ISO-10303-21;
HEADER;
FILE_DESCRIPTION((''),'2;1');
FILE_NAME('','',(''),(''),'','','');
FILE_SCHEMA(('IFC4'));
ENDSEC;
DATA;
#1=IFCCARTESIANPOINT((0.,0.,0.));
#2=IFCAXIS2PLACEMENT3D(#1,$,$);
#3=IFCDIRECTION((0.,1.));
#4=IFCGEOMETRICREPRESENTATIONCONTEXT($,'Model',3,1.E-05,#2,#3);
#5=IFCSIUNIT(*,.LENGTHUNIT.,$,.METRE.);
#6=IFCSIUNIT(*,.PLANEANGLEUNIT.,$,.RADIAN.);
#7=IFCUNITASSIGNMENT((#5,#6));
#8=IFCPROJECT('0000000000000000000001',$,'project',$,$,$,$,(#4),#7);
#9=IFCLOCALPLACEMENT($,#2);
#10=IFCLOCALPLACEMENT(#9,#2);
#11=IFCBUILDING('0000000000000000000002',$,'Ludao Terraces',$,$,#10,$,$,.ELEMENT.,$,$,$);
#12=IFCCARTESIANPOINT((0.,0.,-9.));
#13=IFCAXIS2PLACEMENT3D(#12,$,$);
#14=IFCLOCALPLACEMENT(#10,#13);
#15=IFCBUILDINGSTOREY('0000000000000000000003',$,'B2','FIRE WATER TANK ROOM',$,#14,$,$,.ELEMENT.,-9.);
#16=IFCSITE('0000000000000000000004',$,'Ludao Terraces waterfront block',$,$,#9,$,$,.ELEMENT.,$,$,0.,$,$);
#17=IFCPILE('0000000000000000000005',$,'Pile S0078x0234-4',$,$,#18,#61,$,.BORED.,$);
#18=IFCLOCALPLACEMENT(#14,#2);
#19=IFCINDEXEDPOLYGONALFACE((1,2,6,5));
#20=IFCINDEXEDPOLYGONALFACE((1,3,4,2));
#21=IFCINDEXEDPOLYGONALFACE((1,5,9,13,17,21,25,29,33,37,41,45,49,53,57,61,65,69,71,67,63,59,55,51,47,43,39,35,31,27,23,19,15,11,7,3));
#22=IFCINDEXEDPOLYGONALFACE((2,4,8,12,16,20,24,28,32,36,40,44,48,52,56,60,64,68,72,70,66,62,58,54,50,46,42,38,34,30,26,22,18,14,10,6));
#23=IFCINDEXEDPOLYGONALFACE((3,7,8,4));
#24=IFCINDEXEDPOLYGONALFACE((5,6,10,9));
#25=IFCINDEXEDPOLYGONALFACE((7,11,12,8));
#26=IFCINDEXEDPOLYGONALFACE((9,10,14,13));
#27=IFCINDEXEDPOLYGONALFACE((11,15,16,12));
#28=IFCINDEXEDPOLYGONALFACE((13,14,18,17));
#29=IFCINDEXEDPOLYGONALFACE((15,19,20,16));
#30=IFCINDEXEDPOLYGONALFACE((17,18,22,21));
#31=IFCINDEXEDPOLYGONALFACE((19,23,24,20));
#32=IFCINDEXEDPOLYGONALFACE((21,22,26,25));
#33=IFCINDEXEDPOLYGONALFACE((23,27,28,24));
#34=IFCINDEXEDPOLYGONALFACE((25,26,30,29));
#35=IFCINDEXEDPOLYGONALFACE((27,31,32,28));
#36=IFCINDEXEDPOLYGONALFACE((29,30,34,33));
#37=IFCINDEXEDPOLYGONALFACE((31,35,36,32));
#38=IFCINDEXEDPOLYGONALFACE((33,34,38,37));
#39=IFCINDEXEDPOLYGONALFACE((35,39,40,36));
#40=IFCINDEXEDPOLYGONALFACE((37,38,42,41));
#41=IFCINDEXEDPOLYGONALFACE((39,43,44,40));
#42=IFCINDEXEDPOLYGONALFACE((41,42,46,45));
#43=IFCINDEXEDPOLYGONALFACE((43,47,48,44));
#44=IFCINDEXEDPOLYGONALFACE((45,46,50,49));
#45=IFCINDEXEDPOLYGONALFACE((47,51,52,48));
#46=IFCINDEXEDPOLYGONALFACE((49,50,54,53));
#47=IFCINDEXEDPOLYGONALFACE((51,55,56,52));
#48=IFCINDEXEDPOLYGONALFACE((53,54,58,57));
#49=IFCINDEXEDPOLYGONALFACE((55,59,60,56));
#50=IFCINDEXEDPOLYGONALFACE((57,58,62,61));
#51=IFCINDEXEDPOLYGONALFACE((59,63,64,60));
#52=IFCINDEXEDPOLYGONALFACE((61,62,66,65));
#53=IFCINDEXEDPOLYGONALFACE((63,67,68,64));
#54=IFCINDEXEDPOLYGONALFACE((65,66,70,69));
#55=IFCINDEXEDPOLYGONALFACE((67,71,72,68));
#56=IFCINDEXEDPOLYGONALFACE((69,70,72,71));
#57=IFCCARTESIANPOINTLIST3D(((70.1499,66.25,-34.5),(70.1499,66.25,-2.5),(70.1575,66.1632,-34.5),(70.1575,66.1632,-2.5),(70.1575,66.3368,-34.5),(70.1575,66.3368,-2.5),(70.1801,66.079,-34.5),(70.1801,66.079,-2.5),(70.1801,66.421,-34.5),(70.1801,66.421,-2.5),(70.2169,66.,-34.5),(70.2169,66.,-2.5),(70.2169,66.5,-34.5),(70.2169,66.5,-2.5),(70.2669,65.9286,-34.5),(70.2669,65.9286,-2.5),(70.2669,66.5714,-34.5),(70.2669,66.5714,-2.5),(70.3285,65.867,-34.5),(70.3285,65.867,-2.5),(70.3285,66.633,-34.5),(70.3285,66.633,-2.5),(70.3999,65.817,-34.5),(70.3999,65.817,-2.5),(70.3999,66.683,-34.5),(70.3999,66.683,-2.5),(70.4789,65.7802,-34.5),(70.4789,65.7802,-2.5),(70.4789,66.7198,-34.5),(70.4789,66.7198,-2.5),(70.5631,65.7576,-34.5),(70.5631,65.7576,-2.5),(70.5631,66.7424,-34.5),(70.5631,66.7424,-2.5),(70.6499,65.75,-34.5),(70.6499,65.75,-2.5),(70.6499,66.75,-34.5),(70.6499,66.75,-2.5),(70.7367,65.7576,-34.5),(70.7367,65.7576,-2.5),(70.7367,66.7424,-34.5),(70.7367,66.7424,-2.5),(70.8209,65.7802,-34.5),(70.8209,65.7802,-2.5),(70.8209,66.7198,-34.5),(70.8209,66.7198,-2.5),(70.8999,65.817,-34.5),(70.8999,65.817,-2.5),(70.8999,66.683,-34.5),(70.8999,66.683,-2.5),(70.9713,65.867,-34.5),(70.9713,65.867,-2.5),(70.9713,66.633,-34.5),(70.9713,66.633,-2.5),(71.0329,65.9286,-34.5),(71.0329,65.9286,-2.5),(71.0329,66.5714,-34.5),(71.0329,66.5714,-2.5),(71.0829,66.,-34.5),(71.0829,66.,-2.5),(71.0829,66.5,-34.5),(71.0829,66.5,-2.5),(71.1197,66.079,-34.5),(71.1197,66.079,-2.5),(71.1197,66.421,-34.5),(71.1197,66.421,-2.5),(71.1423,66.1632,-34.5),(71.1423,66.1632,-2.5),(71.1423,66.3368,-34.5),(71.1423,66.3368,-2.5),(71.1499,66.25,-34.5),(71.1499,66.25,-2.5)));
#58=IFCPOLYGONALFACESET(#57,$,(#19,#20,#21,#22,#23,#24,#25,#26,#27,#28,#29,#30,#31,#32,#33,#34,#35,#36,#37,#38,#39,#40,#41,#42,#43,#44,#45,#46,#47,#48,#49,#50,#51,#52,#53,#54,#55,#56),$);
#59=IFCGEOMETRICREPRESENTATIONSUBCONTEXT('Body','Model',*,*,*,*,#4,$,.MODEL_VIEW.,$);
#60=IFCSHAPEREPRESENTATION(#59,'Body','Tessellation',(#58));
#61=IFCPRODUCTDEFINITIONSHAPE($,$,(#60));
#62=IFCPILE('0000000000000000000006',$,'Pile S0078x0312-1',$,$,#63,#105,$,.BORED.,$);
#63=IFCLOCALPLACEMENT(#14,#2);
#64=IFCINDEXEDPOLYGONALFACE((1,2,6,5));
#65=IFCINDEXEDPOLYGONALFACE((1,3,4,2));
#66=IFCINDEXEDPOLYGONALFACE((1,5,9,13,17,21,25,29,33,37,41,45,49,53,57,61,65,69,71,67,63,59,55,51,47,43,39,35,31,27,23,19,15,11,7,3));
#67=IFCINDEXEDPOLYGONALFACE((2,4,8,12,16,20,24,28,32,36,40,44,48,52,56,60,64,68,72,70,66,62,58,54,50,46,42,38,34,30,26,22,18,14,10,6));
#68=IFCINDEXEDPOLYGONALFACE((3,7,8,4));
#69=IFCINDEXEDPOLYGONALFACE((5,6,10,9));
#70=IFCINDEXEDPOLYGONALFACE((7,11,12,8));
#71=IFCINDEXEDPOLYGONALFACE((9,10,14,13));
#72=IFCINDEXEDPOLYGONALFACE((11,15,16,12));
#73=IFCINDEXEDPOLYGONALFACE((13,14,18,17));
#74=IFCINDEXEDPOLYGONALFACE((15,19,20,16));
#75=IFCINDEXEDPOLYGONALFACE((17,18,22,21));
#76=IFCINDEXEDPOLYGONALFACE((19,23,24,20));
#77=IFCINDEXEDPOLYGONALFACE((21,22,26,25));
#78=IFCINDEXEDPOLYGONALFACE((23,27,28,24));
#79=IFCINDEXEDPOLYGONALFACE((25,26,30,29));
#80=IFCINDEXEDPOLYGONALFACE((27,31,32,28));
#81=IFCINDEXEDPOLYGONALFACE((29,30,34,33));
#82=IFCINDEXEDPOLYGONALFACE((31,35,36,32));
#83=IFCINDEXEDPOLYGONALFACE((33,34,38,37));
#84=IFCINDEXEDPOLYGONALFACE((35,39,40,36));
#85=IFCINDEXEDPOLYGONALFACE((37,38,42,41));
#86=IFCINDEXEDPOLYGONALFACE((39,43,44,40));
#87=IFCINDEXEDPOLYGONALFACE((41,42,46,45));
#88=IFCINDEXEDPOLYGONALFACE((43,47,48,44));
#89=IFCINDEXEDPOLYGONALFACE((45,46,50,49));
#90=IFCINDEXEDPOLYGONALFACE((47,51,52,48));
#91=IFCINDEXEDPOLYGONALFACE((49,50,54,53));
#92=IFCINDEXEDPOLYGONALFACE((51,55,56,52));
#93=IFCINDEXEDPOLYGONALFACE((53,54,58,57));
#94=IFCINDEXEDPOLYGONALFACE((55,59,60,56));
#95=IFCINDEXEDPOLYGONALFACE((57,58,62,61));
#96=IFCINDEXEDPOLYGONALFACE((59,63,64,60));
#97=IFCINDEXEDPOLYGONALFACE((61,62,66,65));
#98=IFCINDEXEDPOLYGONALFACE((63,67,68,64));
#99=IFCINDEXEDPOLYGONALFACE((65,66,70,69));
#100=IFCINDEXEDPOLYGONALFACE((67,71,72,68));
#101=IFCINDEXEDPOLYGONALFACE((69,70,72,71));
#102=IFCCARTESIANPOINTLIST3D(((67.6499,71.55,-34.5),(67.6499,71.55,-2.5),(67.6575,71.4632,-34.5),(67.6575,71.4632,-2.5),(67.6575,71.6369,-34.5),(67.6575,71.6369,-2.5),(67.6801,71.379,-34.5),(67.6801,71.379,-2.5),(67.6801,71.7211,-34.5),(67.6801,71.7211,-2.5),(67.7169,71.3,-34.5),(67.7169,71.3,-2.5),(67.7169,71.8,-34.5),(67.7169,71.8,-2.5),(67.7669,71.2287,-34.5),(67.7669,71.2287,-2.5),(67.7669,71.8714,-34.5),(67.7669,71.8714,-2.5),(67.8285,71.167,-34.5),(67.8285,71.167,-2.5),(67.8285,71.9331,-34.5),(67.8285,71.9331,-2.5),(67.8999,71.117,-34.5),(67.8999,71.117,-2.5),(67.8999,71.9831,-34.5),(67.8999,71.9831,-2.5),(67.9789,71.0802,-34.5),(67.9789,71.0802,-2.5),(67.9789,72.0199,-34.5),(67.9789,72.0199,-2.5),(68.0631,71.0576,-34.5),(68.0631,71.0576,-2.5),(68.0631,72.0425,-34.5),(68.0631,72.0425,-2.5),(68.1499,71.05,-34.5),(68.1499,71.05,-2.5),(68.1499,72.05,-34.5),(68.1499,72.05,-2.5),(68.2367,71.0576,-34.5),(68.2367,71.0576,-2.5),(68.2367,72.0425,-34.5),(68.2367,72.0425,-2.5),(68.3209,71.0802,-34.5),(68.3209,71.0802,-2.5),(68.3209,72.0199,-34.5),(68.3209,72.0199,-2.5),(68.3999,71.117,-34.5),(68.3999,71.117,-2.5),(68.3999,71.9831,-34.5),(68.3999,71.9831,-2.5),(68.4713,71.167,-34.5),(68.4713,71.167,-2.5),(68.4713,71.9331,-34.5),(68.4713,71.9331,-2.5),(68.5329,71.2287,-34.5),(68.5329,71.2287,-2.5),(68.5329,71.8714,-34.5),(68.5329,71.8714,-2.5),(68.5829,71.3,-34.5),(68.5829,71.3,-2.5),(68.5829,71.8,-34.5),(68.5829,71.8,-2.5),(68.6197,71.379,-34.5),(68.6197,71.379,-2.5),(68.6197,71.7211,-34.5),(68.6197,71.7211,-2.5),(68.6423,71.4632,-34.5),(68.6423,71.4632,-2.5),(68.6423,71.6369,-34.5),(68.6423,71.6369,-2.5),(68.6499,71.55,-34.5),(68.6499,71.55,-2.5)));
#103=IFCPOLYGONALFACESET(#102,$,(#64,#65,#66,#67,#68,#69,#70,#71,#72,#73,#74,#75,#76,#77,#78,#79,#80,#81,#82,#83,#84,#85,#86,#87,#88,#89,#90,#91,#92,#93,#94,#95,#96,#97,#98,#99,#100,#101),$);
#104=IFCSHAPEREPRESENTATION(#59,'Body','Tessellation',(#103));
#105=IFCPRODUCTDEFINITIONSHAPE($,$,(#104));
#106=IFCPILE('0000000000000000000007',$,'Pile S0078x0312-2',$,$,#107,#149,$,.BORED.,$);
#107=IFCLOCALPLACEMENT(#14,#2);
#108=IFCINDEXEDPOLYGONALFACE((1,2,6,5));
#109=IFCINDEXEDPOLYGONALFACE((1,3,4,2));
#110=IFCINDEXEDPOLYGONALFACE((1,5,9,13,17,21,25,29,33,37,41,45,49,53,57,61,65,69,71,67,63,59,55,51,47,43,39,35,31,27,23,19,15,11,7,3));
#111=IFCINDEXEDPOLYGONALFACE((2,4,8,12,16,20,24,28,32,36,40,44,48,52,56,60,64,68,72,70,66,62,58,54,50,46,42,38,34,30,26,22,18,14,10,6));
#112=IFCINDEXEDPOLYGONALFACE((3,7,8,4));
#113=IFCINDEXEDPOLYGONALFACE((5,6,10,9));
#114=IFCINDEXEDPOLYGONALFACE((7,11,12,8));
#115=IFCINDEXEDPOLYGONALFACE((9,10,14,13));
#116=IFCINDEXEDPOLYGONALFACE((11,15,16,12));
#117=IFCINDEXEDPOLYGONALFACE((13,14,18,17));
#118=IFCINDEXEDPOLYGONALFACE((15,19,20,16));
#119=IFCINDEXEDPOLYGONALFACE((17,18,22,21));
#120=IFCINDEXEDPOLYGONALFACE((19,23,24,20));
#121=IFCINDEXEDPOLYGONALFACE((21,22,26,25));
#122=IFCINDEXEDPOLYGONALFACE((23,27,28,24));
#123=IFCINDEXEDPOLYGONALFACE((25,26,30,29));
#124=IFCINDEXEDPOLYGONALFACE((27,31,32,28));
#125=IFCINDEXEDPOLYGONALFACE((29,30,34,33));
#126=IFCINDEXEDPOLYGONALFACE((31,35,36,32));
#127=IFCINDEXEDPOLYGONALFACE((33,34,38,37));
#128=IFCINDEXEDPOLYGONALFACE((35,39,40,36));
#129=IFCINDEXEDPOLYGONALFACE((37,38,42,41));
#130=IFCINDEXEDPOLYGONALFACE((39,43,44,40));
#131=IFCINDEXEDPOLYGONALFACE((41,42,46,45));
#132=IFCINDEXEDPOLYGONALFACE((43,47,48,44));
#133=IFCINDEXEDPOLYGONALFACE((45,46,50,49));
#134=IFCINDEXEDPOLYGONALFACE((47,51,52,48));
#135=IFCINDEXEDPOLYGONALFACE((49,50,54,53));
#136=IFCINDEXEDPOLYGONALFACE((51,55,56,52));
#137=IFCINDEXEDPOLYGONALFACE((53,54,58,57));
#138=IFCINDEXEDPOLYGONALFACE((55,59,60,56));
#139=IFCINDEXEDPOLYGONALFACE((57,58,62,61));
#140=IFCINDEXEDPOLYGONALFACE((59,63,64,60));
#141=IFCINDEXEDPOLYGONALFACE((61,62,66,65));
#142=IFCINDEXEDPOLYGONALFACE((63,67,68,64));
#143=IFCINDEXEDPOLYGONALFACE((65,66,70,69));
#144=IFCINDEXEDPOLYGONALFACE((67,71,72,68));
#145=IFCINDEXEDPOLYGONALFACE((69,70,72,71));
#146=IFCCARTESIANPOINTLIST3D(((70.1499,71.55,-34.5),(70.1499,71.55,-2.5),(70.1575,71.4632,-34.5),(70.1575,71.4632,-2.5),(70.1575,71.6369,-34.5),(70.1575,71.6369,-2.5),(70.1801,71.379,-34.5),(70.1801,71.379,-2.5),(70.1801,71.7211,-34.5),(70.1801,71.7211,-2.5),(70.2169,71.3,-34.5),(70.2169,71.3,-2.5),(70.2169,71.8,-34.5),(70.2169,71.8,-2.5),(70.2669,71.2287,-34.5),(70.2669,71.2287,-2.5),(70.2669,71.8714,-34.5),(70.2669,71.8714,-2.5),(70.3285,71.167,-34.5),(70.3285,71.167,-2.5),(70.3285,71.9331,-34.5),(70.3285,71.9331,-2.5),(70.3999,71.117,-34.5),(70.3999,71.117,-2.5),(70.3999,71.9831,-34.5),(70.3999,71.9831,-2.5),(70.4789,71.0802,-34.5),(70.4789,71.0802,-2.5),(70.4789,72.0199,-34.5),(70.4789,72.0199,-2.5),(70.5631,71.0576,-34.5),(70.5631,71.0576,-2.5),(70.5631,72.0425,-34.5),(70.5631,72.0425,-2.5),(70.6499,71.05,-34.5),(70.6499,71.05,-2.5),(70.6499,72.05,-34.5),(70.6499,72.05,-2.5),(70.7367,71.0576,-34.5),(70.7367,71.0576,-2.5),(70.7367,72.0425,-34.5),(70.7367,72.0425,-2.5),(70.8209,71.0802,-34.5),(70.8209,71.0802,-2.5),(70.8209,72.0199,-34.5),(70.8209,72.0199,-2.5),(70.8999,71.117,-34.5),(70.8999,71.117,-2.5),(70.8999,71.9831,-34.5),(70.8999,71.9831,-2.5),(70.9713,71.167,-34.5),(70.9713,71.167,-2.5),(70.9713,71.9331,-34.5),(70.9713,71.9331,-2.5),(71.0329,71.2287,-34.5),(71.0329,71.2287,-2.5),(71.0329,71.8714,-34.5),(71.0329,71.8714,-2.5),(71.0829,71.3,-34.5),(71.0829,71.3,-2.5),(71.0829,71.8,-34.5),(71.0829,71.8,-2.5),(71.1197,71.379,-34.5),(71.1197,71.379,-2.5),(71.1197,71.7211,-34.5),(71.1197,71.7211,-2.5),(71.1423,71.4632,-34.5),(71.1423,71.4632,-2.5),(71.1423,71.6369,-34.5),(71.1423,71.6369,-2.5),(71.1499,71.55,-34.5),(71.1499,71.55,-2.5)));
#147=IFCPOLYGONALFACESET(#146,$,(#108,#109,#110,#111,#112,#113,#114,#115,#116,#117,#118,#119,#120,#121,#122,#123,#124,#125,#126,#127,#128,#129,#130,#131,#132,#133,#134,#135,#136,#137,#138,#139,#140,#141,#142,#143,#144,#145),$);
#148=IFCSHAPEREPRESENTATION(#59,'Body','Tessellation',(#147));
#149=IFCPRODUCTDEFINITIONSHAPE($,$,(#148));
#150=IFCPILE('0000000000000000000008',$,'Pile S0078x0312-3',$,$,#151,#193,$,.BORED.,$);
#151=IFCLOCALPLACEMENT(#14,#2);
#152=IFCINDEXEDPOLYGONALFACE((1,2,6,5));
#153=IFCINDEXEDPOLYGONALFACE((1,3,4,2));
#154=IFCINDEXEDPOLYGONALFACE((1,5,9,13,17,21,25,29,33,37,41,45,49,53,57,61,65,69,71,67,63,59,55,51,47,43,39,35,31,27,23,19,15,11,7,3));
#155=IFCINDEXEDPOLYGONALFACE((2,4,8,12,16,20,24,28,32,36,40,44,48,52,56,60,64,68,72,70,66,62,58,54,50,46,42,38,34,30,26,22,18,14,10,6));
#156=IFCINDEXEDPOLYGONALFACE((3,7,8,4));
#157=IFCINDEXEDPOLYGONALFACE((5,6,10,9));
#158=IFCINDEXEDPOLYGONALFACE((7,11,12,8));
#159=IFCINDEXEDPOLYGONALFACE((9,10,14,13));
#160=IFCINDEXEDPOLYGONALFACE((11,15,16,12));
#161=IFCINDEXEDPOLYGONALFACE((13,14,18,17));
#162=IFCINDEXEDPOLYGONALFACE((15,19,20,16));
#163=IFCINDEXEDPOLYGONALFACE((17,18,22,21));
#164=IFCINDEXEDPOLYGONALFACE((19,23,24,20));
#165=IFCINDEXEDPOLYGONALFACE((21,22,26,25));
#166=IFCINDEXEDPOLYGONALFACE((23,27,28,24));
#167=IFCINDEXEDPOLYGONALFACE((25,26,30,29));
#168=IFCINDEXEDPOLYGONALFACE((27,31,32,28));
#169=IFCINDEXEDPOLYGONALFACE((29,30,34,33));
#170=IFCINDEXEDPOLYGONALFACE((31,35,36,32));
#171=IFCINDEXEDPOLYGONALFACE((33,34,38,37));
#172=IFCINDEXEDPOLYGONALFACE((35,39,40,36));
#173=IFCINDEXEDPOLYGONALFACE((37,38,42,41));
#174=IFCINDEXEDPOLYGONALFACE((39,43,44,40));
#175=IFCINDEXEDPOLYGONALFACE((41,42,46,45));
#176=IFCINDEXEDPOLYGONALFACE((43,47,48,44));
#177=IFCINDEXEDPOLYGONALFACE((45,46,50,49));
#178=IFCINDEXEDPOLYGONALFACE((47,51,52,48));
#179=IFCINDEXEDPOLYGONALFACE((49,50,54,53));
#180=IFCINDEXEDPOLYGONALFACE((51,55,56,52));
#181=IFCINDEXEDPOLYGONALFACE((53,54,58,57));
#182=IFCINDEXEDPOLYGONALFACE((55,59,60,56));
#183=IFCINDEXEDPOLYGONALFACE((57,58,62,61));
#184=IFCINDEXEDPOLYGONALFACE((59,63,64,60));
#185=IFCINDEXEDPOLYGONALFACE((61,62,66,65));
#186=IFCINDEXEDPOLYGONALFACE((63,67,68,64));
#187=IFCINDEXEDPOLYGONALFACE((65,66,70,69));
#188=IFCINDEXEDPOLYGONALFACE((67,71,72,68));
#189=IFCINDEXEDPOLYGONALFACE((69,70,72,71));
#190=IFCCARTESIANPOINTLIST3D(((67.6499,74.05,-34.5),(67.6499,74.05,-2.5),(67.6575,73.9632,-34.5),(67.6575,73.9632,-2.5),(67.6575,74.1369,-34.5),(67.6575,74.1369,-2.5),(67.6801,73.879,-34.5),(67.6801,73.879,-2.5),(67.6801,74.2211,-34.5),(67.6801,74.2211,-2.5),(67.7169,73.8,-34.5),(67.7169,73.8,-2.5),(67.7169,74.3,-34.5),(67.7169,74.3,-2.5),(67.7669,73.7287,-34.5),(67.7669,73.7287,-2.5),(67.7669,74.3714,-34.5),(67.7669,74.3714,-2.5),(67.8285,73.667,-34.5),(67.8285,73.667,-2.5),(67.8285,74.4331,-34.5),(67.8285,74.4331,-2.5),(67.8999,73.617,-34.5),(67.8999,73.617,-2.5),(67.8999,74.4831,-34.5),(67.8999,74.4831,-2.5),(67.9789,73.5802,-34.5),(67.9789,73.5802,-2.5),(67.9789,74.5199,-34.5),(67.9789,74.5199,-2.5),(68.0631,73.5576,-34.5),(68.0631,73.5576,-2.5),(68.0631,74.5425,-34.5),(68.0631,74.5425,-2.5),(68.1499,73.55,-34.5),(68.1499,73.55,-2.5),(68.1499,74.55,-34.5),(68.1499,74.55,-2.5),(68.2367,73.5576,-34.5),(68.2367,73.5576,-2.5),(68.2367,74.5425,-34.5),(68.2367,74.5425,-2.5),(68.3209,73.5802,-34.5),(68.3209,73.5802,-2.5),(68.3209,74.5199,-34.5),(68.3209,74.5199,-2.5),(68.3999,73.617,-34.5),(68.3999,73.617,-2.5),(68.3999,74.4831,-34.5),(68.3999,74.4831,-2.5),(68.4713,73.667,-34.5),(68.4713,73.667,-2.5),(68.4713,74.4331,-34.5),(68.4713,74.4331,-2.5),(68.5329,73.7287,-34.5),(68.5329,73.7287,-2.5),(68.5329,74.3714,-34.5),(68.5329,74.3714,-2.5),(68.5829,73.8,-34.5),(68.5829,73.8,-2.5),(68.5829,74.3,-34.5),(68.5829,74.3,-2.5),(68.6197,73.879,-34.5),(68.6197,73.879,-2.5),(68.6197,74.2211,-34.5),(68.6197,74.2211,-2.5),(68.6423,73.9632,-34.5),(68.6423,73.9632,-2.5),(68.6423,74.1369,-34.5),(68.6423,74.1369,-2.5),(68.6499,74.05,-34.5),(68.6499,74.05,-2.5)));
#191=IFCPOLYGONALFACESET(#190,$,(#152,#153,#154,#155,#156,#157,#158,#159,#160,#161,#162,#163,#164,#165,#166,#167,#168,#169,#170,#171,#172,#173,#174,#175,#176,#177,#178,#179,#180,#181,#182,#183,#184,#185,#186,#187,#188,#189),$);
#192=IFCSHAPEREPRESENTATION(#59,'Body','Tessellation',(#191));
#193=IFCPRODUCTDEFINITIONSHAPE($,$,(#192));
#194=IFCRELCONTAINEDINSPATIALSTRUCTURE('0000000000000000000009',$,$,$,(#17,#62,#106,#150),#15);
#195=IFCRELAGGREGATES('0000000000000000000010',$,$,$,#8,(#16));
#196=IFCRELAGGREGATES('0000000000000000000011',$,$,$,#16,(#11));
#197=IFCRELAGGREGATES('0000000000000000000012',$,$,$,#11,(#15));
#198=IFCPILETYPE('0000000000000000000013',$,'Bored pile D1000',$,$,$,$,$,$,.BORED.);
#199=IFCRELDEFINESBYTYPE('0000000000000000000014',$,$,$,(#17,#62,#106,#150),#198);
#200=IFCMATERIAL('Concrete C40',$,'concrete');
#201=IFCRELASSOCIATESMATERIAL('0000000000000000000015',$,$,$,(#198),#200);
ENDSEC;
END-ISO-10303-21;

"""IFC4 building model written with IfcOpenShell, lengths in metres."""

from ifc_helpers import new_model, si_unit, direction, frame, origin, origin_2d, place, context, subcontext, project, spatial, circle, extrude, material, material_profile, profile_set, type_object, element, save


model = new_model("IFC4")

# Units and contexts
model_context = context("Model", 3, precision=1e-05, world=origin(), true_north=direction((0.0, 1.0)))
body_context = subcontext(model_context, "Body", "Model", "MODEL_VIEW")
ifc_project = project(units=[si_unit("LENGTHUNIT", "METRE"), si_unit("PLANEANGLEUNIT", "RADIAN")], contexts=[model_context])

# Site, building, storey
site_placement = place(None, origin())
site = spatial("IfcSite", under=ifc_project, at=site_placement, Name="Ludao Terraces waterfront block", CompositionType="ELEMENT", RefElevation=0.0)
building_placement = place(site_placement, origin())
building = spatial("IfcBuilding", under=site, at=building_placement, Name="Ludao Terraces", CompositionType="ELEMENT")
storey_placement = place(building_placement, frame((0.0, 0.0, -9.0)))
storey = spatial("IfcBuildingStorey", under=building, at=storey_placement, Name="B2", Description="FIRE WATER TANK ROOM", CompositionType="ELEMENT", Elevation=-9.0)

# Piles
ifc_material_1 = material(Name="Concrete C40", Category="concrete")
ifc_material_profile_1 = material_profile(ifc_material_1, circle(Radius=0.5, at=origin_2d()), Name="D1000 BORED PILE")
ifc_profile_set_1 = profile_set([ifc_material_profile_1], Name="Concrete C40")
pile_type = type_object("IfcPileType", Name="Bored pile D1000", PredefinedType="BORED", material=ifc_profile_set_1)
for number, where, z_axis, x_axis, name in (
    (1, (70.6499, 66.25, -2.5), (0.0, 0.0, -1.0), (1.0, 0.0, 0.0), "Pile S0078x0234-4"),
    (2, (68.1499, 71.55, -2.5), (0.0, 0.0, -1.0), (1.0, 0.0, 0.0), "Pile S0078x0312-1"),
    (3, (70.6499, 71.55, -2.5), (0.0, 0.0, -1.0), (1.0, 0.0, 0.0), "Pile S0078x0312-2"),
    (4, (68.1499, 74.05, -2.5), (0.0, 0.0, -1.0), (1.0, 0.0, 0.0), "Pile S0078x0312-3"),
):
    element("IfcPile", number, at=place(storey_placement, frame(where, z_axis=z_axis, x_axis=x_axis)), inside=storey, type_object=pile_type, Name=name, PredefinedType="BORED", context=body_context, shape_type="SweptSolid", body=[
        extrude(circle(Radius=0.5, at=origin_2d()), origin(), (0.0, 0.0, 1.0), 32.0),
    ])

save(model, "model.ifc")
